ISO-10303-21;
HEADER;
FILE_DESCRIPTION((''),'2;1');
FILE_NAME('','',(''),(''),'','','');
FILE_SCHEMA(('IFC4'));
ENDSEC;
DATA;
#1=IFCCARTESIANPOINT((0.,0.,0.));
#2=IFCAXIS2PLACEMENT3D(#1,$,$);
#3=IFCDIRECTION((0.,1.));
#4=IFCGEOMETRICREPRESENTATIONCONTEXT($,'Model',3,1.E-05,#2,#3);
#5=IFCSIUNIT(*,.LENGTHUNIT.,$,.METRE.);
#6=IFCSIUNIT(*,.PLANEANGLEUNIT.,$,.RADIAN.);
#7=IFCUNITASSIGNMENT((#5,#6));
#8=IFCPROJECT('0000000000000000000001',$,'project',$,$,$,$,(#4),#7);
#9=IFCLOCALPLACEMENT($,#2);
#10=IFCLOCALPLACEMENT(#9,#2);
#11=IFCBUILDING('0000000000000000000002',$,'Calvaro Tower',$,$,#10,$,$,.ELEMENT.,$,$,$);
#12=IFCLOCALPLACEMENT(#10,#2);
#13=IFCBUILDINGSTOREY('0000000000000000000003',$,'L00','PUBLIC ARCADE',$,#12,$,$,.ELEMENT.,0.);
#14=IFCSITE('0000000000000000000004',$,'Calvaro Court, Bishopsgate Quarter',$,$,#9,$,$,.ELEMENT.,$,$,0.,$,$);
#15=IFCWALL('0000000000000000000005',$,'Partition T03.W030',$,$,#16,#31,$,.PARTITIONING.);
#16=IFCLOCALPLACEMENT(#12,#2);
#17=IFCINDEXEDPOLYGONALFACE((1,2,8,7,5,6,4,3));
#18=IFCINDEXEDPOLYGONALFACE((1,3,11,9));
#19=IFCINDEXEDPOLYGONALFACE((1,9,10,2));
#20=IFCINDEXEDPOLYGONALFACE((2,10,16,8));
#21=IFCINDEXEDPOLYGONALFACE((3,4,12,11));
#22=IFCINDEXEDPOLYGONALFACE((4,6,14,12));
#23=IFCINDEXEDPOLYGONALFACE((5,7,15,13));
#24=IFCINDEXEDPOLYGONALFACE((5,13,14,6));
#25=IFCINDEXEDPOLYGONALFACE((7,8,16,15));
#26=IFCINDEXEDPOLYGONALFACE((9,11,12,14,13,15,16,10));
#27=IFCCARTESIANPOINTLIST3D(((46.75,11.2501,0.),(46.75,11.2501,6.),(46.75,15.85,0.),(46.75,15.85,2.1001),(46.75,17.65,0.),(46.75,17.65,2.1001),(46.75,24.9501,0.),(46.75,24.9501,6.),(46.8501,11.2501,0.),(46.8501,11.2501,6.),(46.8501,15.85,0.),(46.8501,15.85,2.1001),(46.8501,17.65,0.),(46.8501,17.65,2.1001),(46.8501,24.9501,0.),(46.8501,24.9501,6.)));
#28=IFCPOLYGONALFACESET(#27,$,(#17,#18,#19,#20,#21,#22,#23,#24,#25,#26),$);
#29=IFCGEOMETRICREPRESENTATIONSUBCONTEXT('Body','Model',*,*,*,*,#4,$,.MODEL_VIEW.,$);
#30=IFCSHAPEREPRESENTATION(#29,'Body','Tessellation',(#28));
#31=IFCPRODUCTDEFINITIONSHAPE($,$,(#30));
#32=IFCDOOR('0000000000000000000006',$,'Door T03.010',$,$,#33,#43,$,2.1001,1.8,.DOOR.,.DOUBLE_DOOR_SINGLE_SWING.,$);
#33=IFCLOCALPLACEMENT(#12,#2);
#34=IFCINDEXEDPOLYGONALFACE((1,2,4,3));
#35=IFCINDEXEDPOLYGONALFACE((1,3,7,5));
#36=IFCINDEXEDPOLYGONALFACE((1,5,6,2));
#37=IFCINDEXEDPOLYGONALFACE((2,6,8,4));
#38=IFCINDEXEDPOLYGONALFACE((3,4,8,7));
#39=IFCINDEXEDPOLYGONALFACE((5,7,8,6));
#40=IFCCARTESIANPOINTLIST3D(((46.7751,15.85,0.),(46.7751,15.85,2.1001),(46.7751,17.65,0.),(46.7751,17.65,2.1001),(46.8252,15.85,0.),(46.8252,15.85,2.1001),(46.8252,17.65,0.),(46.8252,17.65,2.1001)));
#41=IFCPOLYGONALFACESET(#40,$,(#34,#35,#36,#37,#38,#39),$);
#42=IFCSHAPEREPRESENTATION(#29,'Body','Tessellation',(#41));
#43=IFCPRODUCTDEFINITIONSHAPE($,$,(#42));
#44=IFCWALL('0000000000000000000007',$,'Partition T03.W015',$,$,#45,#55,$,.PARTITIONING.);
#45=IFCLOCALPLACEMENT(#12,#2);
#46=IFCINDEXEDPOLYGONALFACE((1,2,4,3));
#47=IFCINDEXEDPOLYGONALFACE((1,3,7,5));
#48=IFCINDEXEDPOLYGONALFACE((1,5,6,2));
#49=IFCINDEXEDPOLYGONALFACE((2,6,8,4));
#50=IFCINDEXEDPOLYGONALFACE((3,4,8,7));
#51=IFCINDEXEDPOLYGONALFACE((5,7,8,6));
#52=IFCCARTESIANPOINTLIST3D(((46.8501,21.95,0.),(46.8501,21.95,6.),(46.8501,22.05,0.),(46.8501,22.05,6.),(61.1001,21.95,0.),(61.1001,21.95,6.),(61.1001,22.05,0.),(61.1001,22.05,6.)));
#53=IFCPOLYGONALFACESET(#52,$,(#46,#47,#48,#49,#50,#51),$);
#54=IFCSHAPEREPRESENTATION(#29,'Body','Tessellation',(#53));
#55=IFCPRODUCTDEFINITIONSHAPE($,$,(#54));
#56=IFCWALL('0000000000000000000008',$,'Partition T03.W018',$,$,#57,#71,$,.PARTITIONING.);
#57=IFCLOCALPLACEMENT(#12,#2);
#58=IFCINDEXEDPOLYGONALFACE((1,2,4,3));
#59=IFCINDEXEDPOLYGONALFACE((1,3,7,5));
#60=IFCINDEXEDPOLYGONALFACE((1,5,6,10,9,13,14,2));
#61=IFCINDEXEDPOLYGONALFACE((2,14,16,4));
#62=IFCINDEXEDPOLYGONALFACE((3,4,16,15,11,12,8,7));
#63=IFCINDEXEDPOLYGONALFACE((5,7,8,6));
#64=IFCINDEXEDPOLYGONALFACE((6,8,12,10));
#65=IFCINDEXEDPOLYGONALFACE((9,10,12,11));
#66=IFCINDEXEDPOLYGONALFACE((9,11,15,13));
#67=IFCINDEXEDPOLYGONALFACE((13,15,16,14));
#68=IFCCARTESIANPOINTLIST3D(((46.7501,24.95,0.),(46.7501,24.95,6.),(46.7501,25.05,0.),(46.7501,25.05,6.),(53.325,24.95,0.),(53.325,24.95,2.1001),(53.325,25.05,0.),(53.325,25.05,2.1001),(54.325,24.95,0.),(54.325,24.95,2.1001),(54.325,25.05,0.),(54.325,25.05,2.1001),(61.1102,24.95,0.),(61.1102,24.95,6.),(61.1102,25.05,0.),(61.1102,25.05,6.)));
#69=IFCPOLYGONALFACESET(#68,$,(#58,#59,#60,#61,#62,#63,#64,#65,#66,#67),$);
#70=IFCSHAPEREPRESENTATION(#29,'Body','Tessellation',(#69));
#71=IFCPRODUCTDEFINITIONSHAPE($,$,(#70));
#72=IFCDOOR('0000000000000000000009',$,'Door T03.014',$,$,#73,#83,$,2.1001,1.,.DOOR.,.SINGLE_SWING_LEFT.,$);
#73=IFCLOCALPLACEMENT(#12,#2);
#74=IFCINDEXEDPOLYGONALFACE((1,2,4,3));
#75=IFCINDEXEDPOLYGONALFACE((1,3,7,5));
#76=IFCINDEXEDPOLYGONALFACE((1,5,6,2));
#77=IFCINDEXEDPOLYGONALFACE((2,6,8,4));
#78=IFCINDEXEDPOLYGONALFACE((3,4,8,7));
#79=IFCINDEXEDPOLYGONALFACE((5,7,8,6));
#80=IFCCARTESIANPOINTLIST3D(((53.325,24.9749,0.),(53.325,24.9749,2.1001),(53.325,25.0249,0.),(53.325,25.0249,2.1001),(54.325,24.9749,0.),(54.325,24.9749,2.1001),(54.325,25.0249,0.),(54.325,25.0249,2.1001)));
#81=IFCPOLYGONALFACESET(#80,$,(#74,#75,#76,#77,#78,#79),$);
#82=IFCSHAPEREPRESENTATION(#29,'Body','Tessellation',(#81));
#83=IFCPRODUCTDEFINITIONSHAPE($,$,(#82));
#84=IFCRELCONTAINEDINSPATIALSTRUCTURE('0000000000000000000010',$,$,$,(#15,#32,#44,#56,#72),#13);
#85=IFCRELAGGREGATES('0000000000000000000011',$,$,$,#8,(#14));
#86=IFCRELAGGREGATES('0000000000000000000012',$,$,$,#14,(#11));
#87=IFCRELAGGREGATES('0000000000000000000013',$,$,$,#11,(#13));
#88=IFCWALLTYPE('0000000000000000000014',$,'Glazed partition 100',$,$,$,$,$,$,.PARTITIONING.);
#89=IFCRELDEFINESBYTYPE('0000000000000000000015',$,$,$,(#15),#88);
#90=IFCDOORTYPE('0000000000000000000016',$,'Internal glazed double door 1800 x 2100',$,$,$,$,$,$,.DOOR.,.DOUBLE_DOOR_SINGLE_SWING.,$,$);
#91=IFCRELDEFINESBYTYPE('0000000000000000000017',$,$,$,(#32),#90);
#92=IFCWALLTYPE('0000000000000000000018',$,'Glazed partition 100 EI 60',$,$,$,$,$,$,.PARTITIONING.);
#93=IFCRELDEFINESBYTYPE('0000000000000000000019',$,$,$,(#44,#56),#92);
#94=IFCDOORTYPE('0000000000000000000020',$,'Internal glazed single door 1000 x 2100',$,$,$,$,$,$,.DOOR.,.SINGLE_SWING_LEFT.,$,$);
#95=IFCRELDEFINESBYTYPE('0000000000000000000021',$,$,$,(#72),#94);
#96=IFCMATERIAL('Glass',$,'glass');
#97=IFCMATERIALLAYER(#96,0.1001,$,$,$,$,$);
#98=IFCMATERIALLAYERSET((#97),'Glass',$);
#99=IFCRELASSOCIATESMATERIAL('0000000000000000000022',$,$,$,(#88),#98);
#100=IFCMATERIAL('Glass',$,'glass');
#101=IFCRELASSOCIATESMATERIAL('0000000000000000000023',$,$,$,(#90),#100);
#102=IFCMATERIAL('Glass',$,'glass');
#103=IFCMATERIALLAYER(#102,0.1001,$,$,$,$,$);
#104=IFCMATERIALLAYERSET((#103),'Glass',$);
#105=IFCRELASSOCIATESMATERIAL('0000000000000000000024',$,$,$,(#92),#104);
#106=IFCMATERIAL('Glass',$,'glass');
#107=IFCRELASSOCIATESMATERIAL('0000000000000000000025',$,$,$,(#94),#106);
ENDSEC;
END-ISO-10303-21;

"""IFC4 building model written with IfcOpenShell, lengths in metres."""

from ifc_helpers import new_model, si_unit, direction, frame, frame_2d, origin, place, context, subcontext, project, spatial, rectangle, extrude, material, layer, layer_set, type_object, element, fill, save


model = new_model("IFC4")

# Units and contexts
model_context = context("Model", 3, precision=1e-05, world=origin(), true_north=direction((0.0, 1.0)))
body_context = subcontext(model_context, "Body", "Model", "MODEL_VIEW")
ifc_project = project(units=[si_unit("LENGTHUNIT", "METRE"), si_unit("PLANEANGLEUNIT", "RADIAN")], contexts=[model_context])

# Site, building, storey
site_placement = place(None, origin())
site = spatial("IfcSite", under=ifc_project, at=site_placement, Name="Calvaro Court, Bishopsgate Quarter", CompositionType="ELEMENT", RefElevation=0.0)
building_placement = place(site_placement, origin())
building = spatial("IfcBuilding", under=site, at=building_placement, Name="Calvaro Tower", CompositionType="ELEMENT")
storey_placement = place(building_placement, origin())
storey = spatial("IfcBuildingStorey", under=building, at=storey_placement, Name="L00", Description="PUBLIC ARCADE", CompositionType="ELEMENT", Elevation=0.0)

# Shared definitions
ifc_material_1 = material(Name="Glass", Category="glass")
ifc_layer_1 = layer(ifc_material_1, 0.1001)
ifc_layer_set_1 = layer_set([ifc_layer_1], Name="Glass")
wall_type_1 = type_object("IfcWallType", Name="Glazed partition 100", PredefinedType="PARTITIONING", material=ifc_layer_set_1)

# Wall, opening, door
ifc_material_2 = material(Name="Glass", Category="glass")
door_type_1 = type_object("IfcDoorType", Name="Internal glazed double door 1800 x 2100", OperationType="DOUBLE_DOOR_SINGLE_SWING", PredefinedType="DOOR", material=ifc_material_2)
wall_1_placement = place(storey_placement, frame((46.8, 11.25, 0.0), z_axis=(0.0, 0.0, 1.0), x_axis=(0.0, 1.0, 0.0)))
wall_1 = element("IfcWall", 1, at=wall_1_placement, inside=storey, type_object=wall_type_1, Name="Partition T03.W030", PredefinedType="PARTITIONING", context=body_context, shape_type="SweptSolid", body=[
    extrude(rectangle(XDim=13.7, YDim=0.1001, at=frame_2d((6.8501, 0.0))), origin(), (0.0, 0.0, 1.0), 6.0),
])
opening_1_placement = place(wall_1_placement, frame((4.6001, 0.0, 0.0)))
opening_1 = element("IfcOpeningElement", 2, at=opening_1_placement, cuts=wall_1, PredefinedType="OPENING", context=body_context, shape_type="SweptSolid", body=[
    extrude(rectangle(XDim=1.8, YDim=2.1001, at=frame_2d((0.8999, 1.05))), frame((0.0, 0.0601, 0.0), z_axis=(0.0, -1.0, 0.0), x_axis=(1.0, 0.0, 0.0)), (0.0, 0.0, 1.0), 0.1201),
])
door_1_placement = place(opening_1_placement, origin())
door_1 = element("IfcDoor", 3, at=door_1_placement, inside=storey, type_object=door_type_1, Name="Door T03.010", OperationType="DOUBLE_DOOR_SINGLE_SWING", OverallHeight=2.1001, OverallWidth=1.8, PredefinedType="DOOR", context=body_context, shape_type="SweptSolid", body=[
    extrude(rectangle(XDim=1.8, YDim=2.1001, at=frame_2d((0.8999, 1.05))), frame((0.0, 0.0249, 0.0), z_axis=(0.0, -1.0, 0.0), x_axis=(1.0, 0.0, 0.0)), (0.0, 0.0, 1.0), 0.05),
])
fill(opening_1, door_1)

# Wall
ifc_material_3 = material(Name="Glass", Category="glass")
ifc_layer_2 = layer(ifc_material_3, 0.1001)
ifc_layer_set_2 = layer_set([ifc_layer_2], Name="Glass")
wall_type_2 = type_object("IfcWallType", Name="Glazed partition 100 EI 60", PredefinedType="PARTITIONING", material=ifc_layer_set_2)
wall_2_placement = place(storey_placement, frame((46.8501, 22.0, 0.0), z_axis=(0.0, 0.0, 1.0), x_axis=(1.0, 0.0, 0.0)))
element("IfcWall", 4, at=wall_2_placement, inside=storey, type_object=wall_type_2, Name="Partition T03.W015", PredefinedType="PARTITIONING", context=body_context, shape_type="SweptSolid", body=[
    extrude(rectangle(XDim=14.25, YDim=0.1001, at=frame_2d((7.125, 0.0))), origin(), (0.0, 0.0, 1.0), 6.0),
])

# Wall, opening, door
wall_3_placement = place(storey_placement, frame((46.75, 25.0, 0.0), z_axis=(0.0, 0.0, 1.0), x_axis=(1.0, 0.0, 0.0)))
wall_3 = element("IfcWall", 5, at=wall_3_placement, inside=storey, type_object=wall_type_2, Name="Partition T03.W018", PredefinedType="PARTITIONING", context=body_context, shape_type="SweptSolid", body=[
    extrude(rectangle(XDim=14.3601, YDim=0.1001, at=frame_2d((7.1802, 0.0))), origin(), (0.0, 0.0, 1.0), 6.0),
])
opening_2_placement = place(wall_3_placement, frame((6.575, 0.0, 0.0)))
opening_2 = element("IfcOpeningElement", 6, at=opening_2_placement, cuts=wall_3, PredefinedType="OPENING", context=body_context, shape_type="SweptSolid", body=[
    extrude(rectangle(XDim=1.0, YDim=2.1001, at=frame_2d((0.5, 1.05))), frame((0.0, 0.0601, 0.0), z_axis=(0.0, -1.0, 0.0), x_axis=(1.0, 0.0, 0.0)), (0.0, 0.0, 1.0), 0.1201),
])
ifc_material_4 = material(Name="Glass", Category="glass")
door_type_2 = type_object("IfcDoorType", Name="Internal glazed single door 1000 x 2100", OperationType="SINGLE_SWING_LEFT", PredefinedType="DOOR", material=ifc_material_4)
door_2_placement = place(opening_2_placement, origin())
door_2 = element("IfcDoor", 7, at=door_2_placement, inside=storey, type_object=door_type_2, Name="Door T03.014", OperationType="SINGLE_SWING_LEFT", OverallHeight=2.1001, OverallWidth=1.0, PredefinedType="DOOR", context=body_context, shape_type="SweptSolid", body=[
    extrude(rectangle(XDim=1.0, YDim=2.1001, at=frame_2d((0.5, 1.05))), frame((0.0, 0.0249, 0.0), z_axis=(0.0, -1.0, 0.0), x_axis=(1.0, 0.0, 0.0)), (0.0, 0.0, 1.0), 0.05),
])
fill(opening_2, door_2)

save(model, "model.ifc")
